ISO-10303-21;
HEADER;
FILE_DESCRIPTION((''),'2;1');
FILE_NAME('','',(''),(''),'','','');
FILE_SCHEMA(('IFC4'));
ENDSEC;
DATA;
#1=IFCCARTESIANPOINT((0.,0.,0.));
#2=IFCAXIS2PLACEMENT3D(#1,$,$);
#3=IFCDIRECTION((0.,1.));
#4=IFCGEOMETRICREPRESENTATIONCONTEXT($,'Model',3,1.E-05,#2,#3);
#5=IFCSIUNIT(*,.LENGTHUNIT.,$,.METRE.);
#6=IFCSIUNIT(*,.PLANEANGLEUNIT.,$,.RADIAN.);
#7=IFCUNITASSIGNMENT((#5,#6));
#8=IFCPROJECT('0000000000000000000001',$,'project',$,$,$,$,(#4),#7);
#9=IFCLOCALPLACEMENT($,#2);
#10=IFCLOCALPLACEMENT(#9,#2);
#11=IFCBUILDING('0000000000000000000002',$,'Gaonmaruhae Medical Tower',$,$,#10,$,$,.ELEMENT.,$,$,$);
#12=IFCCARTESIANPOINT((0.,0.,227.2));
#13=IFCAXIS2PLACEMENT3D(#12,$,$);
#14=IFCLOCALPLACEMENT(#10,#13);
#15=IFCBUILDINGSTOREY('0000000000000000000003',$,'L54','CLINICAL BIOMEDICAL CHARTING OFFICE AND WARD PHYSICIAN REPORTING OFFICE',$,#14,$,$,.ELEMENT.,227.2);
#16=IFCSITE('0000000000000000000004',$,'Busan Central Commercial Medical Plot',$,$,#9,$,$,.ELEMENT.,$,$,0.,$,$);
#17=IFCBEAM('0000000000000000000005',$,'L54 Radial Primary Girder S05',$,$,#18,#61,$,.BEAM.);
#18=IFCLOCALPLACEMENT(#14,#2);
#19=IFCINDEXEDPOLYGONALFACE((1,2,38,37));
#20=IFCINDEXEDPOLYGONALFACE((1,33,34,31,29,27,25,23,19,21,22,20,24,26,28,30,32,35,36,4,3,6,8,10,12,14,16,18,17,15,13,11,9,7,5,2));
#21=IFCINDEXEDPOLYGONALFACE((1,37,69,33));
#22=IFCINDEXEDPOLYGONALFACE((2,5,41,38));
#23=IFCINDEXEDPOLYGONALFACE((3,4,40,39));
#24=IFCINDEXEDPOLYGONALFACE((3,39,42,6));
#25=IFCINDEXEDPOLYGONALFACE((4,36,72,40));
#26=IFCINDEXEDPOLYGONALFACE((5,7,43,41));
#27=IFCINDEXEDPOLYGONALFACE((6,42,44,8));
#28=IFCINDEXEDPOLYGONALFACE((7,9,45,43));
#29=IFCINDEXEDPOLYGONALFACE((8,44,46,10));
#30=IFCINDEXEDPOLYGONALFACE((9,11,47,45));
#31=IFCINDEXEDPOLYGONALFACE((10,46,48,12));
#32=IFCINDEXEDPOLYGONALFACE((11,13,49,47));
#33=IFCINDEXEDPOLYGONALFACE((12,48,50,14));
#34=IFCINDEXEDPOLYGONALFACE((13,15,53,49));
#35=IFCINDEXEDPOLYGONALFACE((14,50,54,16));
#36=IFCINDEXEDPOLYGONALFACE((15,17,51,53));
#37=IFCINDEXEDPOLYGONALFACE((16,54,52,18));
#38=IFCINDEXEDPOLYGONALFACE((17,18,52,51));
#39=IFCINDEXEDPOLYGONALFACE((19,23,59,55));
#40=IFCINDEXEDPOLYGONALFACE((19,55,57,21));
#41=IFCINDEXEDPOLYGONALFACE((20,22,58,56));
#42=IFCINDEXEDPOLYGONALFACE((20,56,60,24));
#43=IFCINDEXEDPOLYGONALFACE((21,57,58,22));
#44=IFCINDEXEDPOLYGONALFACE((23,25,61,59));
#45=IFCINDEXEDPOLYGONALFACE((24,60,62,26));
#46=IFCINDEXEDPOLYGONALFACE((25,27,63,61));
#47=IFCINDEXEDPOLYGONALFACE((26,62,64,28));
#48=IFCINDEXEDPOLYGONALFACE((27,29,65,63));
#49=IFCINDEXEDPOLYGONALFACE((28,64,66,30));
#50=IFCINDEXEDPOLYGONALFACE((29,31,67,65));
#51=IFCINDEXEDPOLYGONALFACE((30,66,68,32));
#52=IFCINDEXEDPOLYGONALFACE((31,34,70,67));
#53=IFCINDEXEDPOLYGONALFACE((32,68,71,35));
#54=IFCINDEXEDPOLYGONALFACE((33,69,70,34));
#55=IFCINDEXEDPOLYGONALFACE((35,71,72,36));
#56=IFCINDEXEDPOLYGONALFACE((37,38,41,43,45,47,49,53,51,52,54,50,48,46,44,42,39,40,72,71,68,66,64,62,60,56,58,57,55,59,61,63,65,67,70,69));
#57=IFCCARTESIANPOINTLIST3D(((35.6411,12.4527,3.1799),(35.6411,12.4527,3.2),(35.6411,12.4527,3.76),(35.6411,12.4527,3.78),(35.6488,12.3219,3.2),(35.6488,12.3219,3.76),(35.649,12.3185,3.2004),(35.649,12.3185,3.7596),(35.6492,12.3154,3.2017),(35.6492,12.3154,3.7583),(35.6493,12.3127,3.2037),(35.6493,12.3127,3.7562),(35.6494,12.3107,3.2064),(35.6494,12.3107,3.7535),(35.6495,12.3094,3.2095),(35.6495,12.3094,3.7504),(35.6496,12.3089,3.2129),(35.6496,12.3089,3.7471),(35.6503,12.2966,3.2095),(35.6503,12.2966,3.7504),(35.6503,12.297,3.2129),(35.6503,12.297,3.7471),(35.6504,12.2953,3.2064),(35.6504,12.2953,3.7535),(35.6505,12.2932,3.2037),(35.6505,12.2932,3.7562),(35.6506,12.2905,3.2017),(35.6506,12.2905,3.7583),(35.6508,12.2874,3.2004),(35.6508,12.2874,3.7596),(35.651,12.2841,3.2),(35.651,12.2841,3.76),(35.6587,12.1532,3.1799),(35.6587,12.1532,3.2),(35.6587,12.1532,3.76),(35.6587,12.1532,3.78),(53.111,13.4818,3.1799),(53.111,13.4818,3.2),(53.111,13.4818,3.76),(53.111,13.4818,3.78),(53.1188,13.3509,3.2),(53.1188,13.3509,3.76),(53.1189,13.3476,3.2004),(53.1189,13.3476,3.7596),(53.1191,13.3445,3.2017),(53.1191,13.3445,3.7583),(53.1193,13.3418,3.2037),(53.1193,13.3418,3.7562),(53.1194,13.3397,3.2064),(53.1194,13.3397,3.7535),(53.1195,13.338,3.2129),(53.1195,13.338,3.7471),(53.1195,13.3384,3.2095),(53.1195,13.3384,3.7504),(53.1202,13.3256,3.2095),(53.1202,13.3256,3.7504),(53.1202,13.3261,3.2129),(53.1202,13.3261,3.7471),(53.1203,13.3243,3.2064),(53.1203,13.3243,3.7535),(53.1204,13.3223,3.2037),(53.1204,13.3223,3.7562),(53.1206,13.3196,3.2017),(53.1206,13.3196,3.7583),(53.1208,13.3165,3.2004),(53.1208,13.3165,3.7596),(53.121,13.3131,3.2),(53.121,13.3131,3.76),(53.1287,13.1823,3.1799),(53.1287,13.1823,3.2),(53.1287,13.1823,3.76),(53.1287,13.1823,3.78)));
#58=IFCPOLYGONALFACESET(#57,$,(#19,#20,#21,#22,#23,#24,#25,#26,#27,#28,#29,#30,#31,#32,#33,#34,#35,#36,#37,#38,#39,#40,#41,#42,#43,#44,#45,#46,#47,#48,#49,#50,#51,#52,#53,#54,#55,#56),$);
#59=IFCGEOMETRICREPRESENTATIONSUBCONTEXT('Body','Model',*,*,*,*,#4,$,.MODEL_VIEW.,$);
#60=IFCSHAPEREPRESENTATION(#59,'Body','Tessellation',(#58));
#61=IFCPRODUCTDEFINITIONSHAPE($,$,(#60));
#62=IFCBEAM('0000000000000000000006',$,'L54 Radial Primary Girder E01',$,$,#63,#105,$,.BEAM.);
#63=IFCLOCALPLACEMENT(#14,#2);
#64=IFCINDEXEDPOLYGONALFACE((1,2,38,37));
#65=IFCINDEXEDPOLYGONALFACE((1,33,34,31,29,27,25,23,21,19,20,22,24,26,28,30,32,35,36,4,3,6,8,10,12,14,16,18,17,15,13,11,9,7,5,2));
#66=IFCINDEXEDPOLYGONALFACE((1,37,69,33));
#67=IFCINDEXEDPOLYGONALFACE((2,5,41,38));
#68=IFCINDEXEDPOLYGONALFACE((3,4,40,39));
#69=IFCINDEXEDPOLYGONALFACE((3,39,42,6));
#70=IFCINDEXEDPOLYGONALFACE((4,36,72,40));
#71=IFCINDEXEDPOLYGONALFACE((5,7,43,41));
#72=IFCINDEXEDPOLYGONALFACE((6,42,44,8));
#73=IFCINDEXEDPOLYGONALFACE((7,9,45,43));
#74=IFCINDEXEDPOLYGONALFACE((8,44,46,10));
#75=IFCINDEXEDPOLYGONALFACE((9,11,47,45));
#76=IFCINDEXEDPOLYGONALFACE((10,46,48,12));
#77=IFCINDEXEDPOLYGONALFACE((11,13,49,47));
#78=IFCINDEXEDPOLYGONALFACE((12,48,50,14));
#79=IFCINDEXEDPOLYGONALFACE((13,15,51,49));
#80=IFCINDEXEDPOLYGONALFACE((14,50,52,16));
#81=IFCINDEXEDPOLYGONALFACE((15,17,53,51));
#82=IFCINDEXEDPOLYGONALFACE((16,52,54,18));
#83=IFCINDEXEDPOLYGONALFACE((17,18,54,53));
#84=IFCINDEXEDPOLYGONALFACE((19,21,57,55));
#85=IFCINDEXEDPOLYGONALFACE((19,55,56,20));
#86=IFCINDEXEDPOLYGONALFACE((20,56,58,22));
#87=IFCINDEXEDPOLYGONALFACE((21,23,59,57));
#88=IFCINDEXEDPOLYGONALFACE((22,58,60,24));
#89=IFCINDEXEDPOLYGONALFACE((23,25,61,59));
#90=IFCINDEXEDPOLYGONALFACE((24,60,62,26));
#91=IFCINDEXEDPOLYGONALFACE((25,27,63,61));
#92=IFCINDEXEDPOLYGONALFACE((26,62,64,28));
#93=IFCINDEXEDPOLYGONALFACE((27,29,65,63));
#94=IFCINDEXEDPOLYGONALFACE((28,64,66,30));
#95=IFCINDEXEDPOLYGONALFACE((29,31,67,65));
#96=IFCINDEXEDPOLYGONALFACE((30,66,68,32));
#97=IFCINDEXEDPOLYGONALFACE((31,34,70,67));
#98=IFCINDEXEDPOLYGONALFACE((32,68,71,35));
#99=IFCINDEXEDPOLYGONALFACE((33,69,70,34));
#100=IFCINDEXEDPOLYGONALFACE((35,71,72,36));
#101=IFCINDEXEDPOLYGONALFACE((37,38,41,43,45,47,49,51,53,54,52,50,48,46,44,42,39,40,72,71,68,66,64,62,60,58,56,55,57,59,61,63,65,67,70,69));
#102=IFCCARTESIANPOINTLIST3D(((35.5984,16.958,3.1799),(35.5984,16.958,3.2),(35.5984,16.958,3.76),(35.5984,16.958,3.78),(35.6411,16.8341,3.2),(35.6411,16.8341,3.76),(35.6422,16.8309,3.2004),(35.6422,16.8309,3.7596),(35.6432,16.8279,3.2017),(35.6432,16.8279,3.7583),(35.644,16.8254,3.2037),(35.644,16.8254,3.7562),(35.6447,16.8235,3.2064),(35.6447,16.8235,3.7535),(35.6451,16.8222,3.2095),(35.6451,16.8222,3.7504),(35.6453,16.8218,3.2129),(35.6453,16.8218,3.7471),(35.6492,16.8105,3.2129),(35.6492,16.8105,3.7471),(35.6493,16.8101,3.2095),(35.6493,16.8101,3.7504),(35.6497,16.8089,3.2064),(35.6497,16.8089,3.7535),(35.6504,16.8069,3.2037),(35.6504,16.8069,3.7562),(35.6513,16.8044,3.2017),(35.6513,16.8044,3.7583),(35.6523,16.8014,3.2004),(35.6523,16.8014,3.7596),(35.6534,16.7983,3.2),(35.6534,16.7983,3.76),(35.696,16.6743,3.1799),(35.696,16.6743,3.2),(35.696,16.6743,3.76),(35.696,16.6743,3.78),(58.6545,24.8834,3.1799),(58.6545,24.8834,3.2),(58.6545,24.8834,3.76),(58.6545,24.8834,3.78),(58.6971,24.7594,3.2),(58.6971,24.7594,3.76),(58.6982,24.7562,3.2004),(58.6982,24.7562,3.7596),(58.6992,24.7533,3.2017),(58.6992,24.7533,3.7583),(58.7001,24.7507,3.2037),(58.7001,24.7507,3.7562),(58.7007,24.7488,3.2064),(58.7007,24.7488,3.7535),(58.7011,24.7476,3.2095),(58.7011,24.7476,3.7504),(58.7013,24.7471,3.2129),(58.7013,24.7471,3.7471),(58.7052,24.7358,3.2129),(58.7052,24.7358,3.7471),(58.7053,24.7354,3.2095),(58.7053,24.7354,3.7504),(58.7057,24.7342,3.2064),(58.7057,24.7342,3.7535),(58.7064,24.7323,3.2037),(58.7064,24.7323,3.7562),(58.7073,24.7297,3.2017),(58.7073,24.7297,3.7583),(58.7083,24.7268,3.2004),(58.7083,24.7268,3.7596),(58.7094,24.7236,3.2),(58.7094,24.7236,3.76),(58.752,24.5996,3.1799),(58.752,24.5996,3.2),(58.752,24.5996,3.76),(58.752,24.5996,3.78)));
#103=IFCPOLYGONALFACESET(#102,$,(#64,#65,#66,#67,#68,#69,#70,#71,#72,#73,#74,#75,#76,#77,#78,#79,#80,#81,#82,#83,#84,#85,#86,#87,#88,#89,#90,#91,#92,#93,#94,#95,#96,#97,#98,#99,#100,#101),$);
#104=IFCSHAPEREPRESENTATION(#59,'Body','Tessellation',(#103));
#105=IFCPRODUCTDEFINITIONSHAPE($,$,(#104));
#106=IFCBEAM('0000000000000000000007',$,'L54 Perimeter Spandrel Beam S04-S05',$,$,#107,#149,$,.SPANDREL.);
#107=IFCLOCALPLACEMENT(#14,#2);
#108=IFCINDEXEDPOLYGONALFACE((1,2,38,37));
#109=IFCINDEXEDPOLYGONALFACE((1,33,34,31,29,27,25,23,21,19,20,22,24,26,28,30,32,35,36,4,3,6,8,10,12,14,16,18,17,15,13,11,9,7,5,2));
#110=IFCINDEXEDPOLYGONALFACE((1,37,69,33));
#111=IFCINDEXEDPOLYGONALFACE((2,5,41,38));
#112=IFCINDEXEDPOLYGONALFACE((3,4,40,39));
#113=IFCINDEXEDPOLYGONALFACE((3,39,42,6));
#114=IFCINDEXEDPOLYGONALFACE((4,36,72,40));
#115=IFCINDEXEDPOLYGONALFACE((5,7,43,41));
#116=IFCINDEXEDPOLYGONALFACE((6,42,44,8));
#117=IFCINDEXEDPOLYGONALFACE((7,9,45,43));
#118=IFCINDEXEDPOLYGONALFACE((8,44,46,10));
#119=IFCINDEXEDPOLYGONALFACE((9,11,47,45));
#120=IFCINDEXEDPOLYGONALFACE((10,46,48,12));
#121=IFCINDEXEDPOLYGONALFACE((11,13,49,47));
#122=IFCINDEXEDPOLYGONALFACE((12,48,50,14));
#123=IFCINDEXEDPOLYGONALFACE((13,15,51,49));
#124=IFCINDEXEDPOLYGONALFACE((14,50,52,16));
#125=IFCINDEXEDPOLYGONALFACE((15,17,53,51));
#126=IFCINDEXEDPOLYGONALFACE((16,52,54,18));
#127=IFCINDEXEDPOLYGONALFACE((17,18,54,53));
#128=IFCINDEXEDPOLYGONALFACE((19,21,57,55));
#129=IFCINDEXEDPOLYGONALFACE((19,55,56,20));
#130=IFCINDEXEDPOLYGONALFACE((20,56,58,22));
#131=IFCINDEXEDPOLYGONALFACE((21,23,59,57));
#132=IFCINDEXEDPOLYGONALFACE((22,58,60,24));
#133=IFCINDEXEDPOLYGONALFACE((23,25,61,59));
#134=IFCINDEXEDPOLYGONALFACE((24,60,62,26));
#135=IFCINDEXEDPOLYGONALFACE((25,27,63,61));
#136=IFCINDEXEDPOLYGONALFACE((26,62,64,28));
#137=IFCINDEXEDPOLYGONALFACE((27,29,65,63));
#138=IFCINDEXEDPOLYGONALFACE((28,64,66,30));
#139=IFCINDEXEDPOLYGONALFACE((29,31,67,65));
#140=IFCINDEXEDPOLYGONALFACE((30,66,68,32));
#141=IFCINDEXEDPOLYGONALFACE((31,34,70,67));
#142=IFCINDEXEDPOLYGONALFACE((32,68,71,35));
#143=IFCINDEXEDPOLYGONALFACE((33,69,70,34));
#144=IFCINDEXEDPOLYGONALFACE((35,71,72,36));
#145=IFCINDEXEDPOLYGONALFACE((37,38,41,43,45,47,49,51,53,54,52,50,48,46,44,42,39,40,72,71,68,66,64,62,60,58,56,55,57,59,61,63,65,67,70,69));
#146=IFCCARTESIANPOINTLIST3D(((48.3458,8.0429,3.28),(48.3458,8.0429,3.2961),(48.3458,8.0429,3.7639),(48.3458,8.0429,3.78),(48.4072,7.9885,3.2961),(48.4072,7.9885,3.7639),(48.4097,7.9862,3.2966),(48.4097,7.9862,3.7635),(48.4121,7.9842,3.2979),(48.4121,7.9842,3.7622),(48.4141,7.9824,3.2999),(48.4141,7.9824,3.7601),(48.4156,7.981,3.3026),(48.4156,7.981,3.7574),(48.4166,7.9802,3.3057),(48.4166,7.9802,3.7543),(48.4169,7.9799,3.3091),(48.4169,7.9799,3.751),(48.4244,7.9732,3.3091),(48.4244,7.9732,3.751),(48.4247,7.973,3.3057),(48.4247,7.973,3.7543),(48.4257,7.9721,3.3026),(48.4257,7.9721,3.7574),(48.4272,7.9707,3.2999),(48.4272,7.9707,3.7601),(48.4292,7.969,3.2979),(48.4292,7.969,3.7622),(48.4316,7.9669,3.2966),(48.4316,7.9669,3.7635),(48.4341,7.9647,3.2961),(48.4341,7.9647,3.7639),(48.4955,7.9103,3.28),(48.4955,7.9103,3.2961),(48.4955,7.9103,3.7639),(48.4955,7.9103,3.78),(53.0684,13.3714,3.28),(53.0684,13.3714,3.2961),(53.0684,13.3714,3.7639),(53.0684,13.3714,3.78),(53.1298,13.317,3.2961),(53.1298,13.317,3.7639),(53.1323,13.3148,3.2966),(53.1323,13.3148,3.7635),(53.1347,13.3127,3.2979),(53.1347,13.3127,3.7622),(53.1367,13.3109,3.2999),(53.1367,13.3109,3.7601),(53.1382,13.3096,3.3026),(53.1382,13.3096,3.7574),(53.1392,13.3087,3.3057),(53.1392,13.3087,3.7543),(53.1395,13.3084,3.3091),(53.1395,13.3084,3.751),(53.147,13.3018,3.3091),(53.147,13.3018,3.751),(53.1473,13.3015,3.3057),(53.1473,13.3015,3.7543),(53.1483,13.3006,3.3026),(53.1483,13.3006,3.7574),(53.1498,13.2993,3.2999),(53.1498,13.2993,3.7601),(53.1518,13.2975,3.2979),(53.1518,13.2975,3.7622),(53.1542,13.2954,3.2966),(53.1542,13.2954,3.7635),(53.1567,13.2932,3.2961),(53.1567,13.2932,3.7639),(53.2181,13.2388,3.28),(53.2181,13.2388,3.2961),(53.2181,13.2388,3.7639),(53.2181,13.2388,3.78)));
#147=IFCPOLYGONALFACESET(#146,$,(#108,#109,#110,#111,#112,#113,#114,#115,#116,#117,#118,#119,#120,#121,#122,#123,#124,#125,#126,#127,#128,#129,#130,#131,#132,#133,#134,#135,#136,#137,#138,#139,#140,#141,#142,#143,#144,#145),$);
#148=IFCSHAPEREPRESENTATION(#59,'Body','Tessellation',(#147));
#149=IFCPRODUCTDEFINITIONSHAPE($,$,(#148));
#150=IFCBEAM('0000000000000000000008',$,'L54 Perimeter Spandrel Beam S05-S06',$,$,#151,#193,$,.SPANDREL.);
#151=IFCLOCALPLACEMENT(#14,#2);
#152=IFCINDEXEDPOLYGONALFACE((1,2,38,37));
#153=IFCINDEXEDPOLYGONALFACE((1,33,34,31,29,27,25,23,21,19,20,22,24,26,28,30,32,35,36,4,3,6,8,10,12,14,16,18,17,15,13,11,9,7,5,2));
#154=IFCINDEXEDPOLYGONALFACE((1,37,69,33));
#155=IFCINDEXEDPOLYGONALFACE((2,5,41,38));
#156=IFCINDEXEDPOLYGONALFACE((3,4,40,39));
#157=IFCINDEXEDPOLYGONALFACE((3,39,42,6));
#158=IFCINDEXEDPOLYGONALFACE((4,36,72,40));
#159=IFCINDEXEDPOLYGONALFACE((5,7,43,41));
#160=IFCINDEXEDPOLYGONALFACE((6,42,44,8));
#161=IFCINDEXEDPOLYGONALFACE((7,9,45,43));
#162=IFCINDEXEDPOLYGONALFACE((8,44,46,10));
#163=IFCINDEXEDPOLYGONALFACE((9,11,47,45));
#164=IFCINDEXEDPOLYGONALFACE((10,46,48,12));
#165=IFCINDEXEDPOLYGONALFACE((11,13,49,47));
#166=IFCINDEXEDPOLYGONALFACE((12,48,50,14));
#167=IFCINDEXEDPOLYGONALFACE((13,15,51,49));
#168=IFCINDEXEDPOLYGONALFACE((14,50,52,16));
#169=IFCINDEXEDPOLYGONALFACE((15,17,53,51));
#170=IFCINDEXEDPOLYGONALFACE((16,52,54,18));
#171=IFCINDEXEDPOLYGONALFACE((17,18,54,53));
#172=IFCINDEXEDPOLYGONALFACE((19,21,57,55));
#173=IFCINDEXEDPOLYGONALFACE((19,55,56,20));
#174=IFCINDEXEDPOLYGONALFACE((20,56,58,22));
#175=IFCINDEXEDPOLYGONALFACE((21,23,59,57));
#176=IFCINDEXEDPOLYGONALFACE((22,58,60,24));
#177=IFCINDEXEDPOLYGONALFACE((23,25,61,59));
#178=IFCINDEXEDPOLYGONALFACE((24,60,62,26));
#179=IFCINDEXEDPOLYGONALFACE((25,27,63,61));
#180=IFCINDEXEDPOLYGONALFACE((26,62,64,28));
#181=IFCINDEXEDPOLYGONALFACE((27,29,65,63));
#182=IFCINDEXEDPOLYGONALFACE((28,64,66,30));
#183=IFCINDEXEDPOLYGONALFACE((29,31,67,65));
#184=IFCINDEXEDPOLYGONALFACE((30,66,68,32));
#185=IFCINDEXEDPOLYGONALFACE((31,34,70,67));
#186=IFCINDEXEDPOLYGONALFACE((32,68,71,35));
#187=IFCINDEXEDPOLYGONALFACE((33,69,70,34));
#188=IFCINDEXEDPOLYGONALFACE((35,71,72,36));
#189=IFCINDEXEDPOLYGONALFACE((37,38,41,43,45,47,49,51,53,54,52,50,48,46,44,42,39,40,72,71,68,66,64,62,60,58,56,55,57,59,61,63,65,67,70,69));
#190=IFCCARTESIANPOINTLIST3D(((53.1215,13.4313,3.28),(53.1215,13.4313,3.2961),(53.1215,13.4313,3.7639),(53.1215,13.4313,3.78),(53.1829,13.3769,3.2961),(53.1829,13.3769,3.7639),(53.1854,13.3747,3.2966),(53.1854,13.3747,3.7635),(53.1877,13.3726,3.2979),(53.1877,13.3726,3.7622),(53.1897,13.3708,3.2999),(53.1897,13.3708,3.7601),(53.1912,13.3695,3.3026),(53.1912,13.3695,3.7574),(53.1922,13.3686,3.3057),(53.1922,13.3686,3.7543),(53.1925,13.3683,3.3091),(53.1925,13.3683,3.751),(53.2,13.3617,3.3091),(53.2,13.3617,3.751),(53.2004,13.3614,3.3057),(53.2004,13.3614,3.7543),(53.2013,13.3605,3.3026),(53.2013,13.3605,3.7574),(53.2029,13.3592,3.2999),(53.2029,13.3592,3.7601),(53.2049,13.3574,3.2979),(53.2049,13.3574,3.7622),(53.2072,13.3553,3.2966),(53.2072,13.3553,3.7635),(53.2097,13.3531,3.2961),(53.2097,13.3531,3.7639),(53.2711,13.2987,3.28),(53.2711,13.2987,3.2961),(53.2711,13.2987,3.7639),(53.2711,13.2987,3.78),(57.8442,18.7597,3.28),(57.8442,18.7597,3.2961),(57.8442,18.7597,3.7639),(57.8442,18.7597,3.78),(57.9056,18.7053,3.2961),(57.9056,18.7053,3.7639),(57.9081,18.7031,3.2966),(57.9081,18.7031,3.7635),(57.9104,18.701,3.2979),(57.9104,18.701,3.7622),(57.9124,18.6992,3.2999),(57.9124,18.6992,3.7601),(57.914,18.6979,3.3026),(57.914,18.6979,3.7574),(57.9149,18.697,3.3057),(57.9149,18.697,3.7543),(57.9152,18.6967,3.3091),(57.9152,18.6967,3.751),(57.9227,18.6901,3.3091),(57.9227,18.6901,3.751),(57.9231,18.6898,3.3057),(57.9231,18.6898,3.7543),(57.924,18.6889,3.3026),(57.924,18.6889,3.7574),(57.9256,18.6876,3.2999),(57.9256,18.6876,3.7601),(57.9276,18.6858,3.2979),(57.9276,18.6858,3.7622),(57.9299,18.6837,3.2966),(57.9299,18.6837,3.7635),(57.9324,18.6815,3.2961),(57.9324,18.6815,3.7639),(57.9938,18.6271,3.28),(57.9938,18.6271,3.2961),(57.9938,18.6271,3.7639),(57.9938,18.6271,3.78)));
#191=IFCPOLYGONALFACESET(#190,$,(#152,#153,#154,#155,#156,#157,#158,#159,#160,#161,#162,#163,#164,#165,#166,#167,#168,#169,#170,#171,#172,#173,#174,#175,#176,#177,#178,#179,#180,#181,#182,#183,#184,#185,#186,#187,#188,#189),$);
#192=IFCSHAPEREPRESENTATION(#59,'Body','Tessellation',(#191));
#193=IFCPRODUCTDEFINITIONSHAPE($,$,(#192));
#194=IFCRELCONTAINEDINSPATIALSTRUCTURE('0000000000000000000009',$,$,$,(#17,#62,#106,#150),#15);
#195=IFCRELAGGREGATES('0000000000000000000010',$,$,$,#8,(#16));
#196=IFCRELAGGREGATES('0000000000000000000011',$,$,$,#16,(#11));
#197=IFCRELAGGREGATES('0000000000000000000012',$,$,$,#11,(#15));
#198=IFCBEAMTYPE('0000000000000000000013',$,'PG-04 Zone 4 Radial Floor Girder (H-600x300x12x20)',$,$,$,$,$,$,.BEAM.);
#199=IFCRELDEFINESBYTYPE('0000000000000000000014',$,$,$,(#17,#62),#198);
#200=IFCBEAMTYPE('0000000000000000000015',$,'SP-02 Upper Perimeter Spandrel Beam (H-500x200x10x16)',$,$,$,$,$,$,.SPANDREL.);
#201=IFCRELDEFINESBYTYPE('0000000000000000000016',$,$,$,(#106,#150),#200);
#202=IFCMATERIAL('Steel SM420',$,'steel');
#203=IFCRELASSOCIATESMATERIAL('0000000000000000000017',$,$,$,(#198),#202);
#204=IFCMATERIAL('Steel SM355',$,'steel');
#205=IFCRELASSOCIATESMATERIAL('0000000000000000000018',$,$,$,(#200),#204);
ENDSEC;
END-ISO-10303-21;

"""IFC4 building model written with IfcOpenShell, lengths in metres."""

from ifc_helpers import new_model, si_unit, direction, frame, origin, origin_2d, place, context, subcontext, project, spatial, i_section, extrude, material, material_profile, profile_set, type_object, element, save


model = new_model("IFC4")

# Units and contexts
model_context = context("Model", 3, precision=1e-05, world=origin(), true_north=direction((0.0, 1.0)))
body_context = subcontext(model_context, "Body", "Model", "MODEL_VIEW")
ifc_project = project(units=[si_unit("LENGTHUNIT", "METRE"), si_unit("PLANEANGLEUNIT", "RADIAN")], contexts=[model_context])

# Site, building, storey
site_placement = place(None, origin())
site = spatial("IfcSite", under=ifc_project, at=site_placement, Name="Busan Central Commercial Medical Plot", CompositionType="ELEMENT", RefElevation=0.0)
building_placement = place(site_placement, origin())
building = spatial("IfcBuilding", under=site, at=building_placement, Name="Gaonmaruhae Medical Tower", CompositionType="ELEMENT")
storey_placement = place(building_placement, frame((0.0, 0.0, 227.2)))
storey = spatial("IfcBuildingStorey", under=building, at=storey_placement, Name="L54", Description="CLINICAL BIOMEDICAL CHARTING OFFICE AND WARD PHYSICIAN REPORTING OFFICE", CompositionType="ELEMENT", Elevation=227.2)

# Beams
ifc_material_1 = material(Name="Steel SM355", Category="steel")
ifc_material_2 = material(Name="Steel SM420", Category="steel")
ifc_material_profile_1 = material_profile(ifc_material_2, i_section(OverallWidth=0.3, OverallDepth=0.6001, WebThickness=0.012, FlangeThickness=0.02, FilletRadius=0.0129, at=origin_2d()), Name="H-600x300x12x20")
ifc_profile_set_1 = profile_set([ifc_material_profile_1], Name="Steel SM420")
beam_type_1 = type_object("IfcBeamType", Name="PG-04 Zone 4 Radial Floor Girder (H-600x300x12x20)", PredefinedType="BEAM", material=ifc_profile_set_1)
beam_1_placement = place(storey_placement, frame((35.6499, 12.303, 3.48), z_axis=(0.99827, 0.058802, 0.0), x_axis=(-0.058802, 0.99827, 0.0)))
element("IfcBeam", 1, at=beam_1_placement, inside=storey, type_object=beam_type_1, Name="L54 Radial Primary Girder S05", PredefinedType="BEAM", context=body_context, shape_type="SweptSolid", body=[
    extrude(i_section(OverallWidth=0.3, OverallDepth=0.6001, WebThickness=0.012, FlangeThickness=0.02, FilletRadius=0.0129, at=origin_2d()), origin(), (0.0, 0.0, 1.0), 17.5002),
])
beam_2_placement = place(storey_placement, frame((35.6472, 16.8162, 3.48), z_axis=(0.945689, 0.325073, 0.0), x_axis=(-0.325073, 0.945689, 0.0)))
element("IfcBeam", 2, at=beam_2_placement, inside=storey, type_object=beam_type_1, Name="L54 Radial Primary Girder E01", PredefinedType="BEAM", context=body_context, shape_type="SweptSolid", body=[
    extrude(i_section(OverallWidth=0.3, OverallDepth=0.6001, WebThickness=0.012, FlangeThickness=0.02, FilletRadius=0.0129, at=origin_2d()), origin(), (0.0, 0.0, 1.0), 24.3801),
])
ifc_material_profile_2 = material_profile(ifc_material_1, i_section(OverallWidth=0.2, OverallDepth=0.5, WebThickness=0.01, FlangeThickness=0.0161, FilletRadius=0.0129, at=origin_2d()), Name="H-500x200x10x16")
ifc_profile_set_2 = profile_set([ifc_material_profile_2], Name="Steel SM355")
beam_type_2 = type_object("IfcBeamType", Name="SP-02 Upper Perimeter Spandrel Beam (H-500x200x10x16)", PredefinedType="SPANDREL", material=ifc_profile_set_2)
for number, where, z_axis, x_axis, name in (
    (3, (48.4207, 7.9766, 3.53), (0.663273, 0.748377, 0.0), (-0.748377, 0.663273, 0.0), "L54 Perimeter Spandrel Beam S04-S05"),
    (4, (53.1963, 13.365, 3.53), (0.66329, 0.748362, 0.0), (-0.748362, 0.66329, 0.0), "L54 Perimeter Spandrel Beam S05-S06"),
):
    element("IfcBeam", number, at=place(storey_placement, frame(where, z_axis=z_axis, x_axis=x_axis)), inside=storey, type_object=beam_type_2, Name=name, PredefinedType="SPANDREL", context=body_context, shape_type="SweptSolid", body=[
        extrude(i_section(OverallWidth=0.2, OverallDepth=0.5, WebThickness=0.01, FlangeThickness=0.0161, FilletRadius=0.0129, at=origin_2d()), origin(), (0.0, 0.0, 1.0), 7.1201),
    ])

save(model, "model.ifc")
